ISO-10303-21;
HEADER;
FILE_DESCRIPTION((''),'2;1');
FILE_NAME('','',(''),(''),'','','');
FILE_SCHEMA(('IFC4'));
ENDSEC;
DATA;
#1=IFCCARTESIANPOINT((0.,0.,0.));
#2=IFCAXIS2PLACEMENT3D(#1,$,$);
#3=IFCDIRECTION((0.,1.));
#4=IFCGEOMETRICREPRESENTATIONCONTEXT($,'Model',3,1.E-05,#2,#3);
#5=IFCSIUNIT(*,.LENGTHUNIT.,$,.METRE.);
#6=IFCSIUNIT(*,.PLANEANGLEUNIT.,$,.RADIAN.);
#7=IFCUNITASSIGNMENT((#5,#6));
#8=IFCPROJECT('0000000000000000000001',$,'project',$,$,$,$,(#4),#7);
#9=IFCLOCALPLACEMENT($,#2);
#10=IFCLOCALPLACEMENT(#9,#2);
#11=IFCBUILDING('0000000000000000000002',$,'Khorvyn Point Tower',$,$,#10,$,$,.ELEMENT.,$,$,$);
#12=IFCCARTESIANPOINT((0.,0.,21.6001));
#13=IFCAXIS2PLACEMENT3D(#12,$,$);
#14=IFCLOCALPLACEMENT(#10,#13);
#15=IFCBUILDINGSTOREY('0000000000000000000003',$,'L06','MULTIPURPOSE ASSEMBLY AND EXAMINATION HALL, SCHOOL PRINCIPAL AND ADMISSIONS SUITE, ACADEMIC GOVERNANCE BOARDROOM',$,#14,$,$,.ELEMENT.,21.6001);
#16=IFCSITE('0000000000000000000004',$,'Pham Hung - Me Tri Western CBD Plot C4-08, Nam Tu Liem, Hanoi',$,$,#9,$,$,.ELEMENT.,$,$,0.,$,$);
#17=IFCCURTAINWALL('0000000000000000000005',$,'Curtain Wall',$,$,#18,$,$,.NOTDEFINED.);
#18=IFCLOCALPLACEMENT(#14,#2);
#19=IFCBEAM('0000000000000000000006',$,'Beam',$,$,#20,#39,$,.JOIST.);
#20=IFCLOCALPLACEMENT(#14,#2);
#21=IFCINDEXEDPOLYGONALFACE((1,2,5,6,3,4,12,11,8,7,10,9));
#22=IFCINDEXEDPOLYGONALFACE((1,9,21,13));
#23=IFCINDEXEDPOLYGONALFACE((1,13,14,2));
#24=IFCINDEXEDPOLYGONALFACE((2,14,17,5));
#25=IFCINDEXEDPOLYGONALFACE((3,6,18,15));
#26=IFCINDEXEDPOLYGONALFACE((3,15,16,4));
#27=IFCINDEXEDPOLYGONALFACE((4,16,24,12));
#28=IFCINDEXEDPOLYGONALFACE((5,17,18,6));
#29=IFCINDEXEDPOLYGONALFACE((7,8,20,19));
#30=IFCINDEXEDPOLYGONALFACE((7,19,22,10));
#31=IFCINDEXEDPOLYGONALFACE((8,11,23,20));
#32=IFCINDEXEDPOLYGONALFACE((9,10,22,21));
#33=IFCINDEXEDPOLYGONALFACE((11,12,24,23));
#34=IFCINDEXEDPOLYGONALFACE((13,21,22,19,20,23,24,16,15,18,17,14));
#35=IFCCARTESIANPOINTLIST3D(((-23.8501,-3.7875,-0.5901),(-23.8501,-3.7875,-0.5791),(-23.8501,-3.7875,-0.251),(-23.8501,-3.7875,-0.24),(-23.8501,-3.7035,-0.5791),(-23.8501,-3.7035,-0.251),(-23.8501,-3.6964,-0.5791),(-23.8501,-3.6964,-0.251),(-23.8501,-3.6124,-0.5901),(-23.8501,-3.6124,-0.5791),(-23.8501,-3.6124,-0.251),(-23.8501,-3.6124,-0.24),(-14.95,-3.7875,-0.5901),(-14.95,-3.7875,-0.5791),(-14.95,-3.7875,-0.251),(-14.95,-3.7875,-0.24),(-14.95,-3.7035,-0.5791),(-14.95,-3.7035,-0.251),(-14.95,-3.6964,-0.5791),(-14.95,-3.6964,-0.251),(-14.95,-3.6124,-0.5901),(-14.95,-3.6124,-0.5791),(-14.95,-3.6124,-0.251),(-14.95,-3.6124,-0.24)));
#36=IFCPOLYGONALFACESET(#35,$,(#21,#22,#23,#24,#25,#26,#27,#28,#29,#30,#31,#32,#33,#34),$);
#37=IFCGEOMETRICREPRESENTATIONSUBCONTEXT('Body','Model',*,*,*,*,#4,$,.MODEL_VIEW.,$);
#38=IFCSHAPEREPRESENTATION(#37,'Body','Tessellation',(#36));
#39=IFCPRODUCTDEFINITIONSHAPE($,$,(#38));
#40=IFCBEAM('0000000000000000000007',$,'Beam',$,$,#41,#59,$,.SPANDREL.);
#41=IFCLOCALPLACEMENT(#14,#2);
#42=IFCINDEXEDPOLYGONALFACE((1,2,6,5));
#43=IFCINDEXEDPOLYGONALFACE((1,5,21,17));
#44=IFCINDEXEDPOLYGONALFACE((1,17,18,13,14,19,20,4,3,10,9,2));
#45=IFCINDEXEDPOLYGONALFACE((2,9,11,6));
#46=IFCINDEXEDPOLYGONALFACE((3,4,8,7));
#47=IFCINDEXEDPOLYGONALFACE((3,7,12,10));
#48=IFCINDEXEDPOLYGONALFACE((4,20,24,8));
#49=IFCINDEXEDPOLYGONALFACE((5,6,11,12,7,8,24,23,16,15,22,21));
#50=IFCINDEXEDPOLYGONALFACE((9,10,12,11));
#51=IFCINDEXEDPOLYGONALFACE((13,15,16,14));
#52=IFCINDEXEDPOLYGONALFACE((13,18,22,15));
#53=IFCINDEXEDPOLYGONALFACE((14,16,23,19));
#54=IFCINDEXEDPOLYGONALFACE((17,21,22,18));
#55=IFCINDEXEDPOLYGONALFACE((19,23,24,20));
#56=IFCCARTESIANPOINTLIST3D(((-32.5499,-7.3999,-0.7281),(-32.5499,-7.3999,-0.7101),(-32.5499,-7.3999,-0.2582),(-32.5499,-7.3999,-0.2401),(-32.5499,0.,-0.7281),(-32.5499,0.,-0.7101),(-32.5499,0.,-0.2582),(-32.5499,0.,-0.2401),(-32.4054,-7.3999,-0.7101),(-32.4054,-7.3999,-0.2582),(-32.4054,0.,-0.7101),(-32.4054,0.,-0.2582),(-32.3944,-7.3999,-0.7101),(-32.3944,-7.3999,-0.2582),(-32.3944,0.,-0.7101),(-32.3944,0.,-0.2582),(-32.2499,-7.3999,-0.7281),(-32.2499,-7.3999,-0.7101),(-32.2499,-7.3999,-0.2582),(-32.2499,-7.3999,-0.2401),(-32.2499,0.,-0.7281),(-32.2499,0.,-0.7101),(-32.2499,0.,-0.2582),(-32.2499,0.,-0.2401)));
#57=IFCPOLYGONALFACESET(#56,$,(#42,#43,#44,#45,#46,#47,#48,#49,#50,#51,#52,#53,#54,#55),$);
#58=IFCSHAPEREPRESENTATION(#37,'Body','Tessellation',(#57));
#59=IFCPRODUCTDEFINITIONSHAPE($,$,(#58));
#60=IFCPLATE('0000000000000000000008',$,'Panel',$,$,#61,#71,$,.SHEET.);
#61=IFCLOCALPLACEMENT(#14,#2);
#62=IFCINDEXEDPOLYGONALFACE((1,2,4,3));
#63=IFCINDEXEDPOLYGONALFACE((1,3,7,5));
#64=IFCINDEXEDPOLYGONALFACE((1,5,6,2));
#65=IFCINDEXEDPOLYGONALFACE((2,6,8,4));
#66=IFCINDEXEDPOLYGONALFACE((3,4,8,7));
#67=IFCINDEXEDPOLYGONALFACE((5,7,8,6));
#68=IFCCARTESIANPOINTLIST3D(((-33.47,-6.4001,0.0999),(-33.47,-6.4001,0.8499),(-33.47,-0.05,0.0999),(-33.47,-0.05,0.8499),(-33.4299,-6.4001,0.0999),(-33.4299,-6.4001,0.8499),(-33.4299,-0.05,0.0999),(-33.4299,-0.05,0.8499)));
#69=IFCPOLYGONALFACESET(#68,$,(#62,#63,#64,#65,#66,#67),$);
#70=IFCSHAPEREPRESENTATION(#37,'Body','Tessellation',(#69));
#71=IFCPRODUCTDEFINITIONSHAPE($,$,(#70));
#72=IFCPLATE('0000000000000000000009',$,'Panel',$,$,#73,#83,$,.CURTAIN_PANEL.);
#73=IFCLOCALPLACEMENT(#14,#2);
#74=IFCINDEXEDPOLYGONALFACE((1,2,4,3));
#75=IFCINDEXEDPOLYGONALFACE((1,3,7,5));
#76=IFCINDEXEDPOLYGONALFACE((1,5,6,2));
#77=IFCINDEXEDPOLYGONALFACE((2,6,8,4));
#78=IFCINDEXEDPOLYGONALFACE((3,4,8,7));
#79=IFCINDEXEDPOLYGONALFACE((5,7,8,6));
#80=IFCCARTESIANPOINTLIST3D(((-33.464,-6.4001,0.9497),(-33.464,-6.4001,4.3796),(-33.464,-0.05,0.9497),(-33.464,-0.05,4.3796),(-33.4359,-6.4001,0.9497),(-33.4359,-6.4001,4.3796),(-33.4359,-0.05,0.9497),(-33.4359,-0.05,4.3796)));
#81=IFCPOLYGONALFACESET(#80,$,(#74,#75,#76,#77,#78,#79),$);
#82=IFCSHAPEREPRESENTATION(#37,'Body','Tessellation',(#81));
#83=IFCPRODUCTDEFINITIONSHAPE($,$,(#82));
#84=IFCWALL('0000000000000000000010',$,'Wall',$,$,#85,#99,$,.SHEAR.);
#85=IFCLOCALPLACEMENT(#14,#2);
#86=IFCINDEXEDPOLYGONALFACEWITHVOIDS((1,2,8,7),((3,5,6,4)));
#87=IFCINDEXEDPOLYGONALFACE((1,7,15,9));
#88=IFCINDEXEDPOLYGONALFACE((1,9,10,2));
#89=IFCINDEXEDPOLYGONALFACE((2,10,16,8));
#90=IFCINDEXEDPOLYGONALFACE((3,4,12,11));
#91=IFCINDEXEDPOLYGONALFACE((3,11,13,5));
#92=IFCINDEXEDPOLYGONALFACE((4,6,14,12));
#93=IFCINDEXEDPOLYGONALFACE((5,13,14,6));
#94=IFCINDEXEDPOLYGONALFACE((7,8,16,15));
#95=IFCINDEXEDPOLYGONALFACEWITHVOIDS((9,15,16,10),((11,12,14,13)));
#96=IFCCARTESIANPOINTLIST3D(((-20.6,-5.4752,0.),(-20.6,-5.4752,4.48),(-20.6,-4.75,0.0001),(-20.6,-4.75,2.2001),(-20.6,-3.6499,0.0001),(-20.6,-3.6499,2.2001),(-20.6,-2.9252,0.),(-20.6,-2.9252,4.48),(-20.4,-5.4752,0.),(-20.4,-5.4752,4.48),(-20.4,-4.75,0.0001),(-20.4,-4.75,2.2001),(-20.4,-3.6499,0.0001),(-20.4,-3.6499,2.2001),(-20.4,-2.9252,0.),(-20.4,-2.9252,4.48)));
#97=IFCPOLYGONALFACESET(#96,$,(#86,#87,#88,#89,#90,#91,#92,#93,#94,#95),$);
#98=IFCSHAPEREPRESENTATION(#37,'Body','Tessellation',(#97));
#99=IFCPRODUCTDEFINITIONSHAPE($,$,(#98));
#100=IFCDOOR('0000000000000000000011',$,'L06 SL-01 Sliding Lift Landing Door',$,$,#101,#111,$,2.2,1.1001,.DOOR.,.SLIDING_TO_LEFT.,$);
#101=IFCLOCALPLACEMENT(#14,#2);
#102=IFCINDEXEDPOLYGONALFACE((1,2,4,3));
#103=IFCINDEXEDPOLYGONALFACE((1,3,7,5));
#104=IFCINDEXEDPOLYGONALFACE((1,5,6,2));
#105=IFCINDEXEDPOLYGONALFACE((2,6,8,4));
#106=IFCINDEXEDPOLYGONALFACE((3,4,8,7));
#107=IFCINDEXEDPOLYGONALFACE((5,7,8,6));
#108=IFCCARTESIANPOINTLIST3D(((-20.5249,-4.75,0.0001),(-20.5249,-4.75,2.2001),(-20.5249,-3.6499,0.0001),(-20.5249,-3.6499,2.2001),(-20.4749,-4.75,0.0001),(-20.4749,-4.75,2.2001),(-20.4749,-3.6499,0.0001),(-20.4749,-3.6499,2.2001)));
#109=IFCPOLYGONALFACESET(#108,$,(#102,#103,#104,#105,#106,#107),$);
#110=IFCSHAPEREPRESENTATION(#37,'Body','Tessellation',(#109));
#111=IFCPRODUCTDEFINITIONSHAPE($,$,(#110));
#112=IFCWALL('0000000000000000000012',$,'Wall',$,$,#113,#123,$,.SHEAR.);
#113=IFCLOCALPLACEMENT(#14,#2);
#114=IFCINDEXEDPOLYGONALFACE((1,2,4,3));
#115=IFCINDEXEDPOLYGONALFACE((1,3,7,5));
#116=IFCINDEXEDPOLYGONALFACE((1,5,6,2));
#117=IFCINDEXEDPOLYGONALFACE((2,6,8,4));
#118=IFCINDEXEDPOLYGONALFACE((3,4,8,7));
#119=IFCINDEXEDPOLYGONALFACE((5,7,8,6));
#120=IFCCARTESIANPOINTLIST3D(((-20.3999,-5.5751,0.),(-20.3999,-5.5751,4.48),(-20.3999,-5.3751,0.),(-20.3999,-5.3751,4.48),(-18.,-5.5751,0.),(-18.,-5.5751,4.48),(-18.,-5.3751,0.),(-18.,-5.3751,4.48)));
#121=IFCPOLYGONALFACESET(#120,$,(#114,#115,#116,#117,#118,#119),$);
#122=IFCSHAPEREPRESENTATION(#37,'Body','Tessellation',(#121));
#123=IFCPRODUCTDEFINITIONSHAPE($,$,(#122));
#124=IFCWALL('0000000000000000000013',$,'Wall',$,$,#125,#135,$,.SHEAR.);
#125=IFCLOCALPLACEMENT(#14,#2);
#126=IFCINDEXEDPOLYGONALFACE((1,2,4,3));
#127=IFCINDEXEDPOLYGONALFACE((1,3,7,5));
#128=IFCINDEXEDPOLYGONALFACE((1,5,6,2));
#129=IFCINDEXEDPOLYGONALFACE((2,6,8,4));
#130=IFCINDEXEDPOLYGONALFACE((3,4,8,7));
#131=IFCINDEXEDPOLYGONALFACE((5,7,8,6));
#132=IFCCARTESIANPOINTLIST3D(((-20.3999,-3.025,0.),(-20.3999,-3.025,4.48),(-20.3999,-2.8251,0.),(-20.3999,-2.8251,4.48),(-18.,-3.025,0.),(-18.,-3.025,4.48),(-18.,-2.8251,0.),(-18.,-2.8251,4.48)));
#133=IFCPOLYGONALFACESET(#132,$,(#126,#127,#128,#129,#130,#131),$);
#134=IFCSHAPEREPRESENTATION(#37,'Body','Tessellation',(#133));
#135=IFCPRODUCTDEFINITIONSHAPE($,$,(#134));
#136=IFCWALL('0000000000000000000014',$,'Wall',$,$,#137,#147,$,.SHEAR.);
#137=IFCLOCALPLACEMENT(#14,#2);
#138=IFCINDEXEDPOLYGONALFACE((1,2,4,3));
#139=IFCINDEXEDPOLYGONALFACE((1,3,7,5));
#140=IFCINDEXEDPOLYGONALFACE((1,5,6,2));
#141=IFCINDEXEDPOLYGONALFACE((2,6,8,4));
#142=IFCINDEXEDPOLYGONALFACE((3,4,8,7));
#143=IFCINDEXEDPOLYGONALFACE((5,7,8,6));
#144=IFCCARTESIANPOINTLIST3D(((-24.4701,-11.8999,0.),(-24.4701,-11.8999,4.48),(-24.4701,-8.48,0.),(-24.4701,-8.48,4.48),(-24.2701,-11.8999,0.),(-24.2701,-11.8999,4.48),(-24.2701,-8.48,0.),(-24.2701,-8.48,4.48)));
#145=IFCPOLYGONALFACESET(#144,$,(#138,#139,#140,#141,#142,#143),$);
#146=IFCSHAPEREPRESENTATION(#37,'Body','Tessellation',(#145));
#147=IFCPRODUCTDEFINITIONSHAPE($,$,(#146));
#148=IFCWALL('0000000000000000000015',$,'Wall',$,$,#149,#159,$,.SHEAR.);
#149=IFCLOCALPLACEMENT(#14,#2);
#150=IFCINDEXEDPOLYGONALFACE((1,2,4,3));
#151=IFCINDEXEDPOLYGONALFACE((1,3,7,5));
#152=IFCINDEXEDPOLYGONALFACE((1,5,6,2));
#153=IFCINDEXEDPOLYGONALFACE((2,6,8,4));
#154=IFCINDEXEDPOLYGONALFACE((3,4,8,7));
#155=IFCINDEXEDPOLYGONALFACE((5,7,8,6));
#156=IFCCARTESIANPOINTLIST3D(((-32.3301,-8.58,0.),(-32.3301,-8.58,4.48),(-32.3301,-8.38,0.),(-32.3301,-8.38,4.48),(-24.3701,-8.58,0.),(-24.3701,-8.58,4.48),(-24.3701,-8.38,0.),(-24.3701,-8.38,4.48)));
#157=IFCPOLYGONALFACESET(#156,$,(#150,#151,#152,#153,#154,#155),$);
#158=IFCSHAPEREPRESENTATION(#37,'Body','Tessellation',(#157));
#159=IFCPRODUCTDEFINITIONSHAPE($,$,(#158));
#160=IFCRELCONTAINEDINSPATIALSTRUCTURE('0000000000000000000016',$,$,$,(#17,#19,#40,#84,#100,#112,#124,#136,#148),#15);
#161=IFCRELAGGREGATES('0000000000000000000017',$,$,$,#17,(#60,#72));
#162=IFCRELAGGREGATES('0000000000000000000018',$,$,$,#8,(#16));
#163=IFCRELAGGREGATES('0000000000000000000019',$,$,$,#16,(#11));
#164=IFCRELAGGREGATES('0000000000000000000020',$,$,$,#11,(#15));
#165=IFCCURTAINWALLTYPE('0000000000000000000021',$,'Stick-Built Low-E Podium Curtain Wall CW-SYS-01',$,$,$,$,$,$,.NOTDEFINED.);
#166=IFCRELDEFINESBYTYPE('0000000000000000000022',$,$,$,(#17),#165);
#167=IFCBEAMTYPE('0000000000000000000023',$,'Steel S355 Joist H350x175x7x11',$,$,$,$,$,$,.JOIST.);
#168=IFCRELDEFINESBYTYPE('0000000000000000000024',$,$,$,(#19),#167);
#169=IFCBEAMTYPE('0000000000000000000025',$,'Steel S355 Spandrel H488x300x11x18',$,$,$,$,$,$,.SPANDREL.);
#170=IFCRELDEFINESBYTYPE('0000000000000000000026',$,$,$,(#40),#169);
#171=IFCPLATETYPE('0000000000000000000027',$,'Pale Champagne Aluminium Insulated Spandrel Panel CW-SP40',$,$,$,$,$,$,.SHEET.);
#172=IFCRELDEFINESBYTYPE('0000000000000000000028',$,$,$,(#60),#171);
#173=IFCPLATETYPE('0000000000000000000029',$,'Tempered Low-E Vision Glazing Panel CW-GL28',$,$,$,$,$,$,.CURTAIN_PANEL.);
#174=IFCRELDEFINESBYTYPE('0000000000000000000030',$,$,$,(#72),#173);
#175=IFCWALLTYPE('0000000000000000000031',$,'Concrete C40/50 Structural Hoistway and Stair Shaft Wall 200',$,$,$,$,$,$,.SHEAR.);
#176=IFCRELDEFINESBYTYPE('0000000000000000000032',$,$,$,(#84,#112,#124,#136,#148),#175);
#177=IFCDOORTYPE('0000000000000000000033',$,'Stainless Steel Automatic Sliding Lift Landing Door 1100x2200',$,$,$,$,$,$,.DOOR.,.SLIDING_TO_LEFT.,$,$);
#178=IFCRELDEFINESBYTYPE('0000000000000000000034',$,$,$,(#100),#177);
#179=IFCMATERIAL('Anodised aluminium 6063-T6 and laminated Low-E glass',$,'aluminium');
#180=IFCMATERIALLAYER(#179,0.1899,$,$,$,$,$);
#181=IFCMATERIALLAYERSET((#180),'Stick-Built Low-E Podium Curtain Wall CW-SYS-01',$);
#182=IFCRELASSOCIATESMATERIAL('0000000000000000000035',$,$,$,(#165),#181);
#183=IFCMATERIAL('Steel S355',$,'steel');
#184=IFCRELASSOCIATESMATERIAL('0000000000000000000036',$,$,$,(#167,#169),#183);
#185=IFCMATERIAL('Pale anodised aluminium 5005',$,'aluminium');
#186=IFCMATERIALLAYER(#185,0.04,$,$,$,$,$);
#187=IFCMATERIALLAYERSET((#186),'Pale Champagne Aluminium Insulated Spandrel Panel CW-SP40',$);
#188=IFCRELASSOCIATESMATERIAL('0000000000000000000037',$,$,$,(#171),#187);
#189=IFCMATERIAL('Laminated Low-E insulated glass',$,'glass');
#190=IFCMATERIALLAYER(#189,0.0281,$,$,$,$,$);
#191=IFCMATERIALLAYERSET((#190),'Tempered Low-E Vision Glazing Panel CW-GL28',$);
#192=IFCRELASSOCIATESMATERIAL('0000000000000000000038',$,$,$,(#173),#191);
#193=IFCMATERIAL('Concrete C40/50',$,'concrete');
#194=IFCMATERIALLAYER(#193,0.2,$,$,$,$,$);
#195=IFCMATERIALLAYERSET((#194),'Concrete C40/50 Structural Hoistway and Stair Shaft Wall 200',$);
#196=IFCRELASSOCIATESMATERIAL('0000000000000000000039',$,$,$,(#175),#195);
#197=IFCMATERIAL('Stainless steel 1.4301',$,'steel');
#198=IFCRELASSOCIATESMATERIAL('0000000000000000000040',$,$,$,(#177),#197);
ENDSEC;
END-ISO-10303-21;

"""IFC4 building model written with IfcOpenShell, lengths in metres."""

from ifc_helpers import new_model, si_unit, direction, frame, frame_2d, origin, origin_2d, place, context, subcontext, project, spatial, rectangle, i_section, extrude, material, layer, layer_set, material_profile, profile_set, type_object, element, fill, aggregate, save


model = new_model("IFC4")

# Units and contexts
model_context = context("Model", 3, precision=1e-05, world=origin(), true_north=direction((0.0, 1.0)))
body_context = subcontext(model_context, "Body", "Model", "MODEL_VIEW")
ifc_project = project(units=[si_unit("LENGTHUNIT", "METRE"), si_unit("PLANEANGLEUNIT", "RADIAN")], contexts=[model_context])

# Site, building, storey
site_placement = place(None, origin())
site = spatial("IfcSite", under=ifc_project, at=site_placement, Name="Pham Hung - Me Tri Western CBD Plot C4-08, Nam Tu Liem, Hanoi", CompositionType="ELEMENT", RefElevation=0.0)
building_placement = place(site_placement, origin())
building = spatial("IfcBuilding", under=site, at=building_placement, Name="Khorvyn Point Tower", CompositionType="ELEMENT")
storey_placement = place(building_placement, frame((0.0, 0.0, 21.6001)))
storey = spatial("IfcBuildingStorey", under=building, at=storey_placement, Name="L06", Description="MULTIPURPOSE ASSEMBLY AND EXAMINATION HALL, SCHOOL PRINCIPAL AND ADMISSIONS SUITE, ACADEMIC GOVERNANCE BOARDROOM", CompositionType="ELEMENT", Elevation=21.6001)

# Shared definitions
ifc_material_1 = material(Name="Concrete C40/50", Category="concrete")

# Curtain wall
ifc_material_2 = material(Name="Anodised aluminium 6063-T6 and laminated Low-E glass", Category="aluminium")
ifc_layer_1 = layer(ifc_material_2, 0.1899)
ifc_layer_set_1 = layer_set([ifc_layer_1], Name="Stick-Built Low-E Podium Curtain Wall CW-SYS-01")
curtain_wall_type = type_object("IfcCurtainWallType", Name="Stick-Built Low-E Podium Curtain Wall CW-SYS-01", PredefinedType="NOTDEFINED", material=ifc_layer_set_1)
curtain_wall_placement = place(storey_placement, origin())
curtain_wall = element("IfcCurtainWall", 1, at=curtain_wall_placement, inside=storey, type_object=curtain_wall_type, Name="Curtain Wall", PredefinedType="NOTDEFINED")

# Beams
ifc_material_3 = material(Name="Steel S355", Category="steel")
ifc_material_profile_1 = material_profile(ifc_material_3, i_section(OverallWidth=0.175, OverallDepth=0.3501, WebThickness=0.0071, FlangeThickness=0.011, at=origin_2d()))
ifc_profile_set_1 = profile_set([ifc_material_profile_1], Name="Steel S355 H350x175x7x11")
beam_type_1 = type_object("IfcBeamType", Name="Steel S355 Joist H350x175x7x11", PredefinedType="JOIST", material=ifc_profile_set_1)
beam_1_placement = place(storey_placement, frame((-23.8501, -3.7, -0.415), z_axis=(1.0, 0.0, 0.0), x_axis=(0.0, 1.0, 0.0)))
element("IfcBeam", 2, at=beam_1_placement, inside=storey, type_object=beam_type_1, Name="Beam", PredefinedType="JOIST", context=body_context, shape_type="SweptSolid", body=[
    extrude(i_section(OverallWidth=0.175, OverallDepth=0.3501, WebThickness=0.0071, FlangeThickness=0.011, at=origin_2d()), origin(), (0.0, 0.0, 1.0), 8.9001),
])
ifc_material_profile_2 = material_profile(ifc_material_3, i_section(OverallWidth=0.3, OverallDepth=0.488, WebThickness=0.011, FlangeThickness=0.0181, at=origin_2d()))
ifc_profile_set_2 = profile_set([ifc_material_profile_2], Name="Steel S355 H488x300x11x18")
beam_type_2 = type_object("IfcBeamType", Name="Steel S355 Spandrel H488x300x11x18", PredefinedType="SPANDREL", material=ifc_profile_set_2)
beam_2_placement = place(storey_placement, frame((-32.3999, -7.3999, -0.4841), z_axis=(0.0, 1.0, 0.0), x_axis=(-1.0, 0.0, 0.0)))
element("IfcBeam", 3, at=beam_2_placement, inside=storey, type_object=beam_type_2, Name="Beam", PredefinedType="SPANDREL", context=body_context, shape_type="SweptSolid", body=[
    extrude(i_section(OverallWidth=0.3, OverallDepth=0.488, WebThickness=0.011, FlangeThickness=0.0181, at=origin_2d()), origin(), (0.0, 0.0, 1.0), 7.3999),
])

# Plates
ifc_material_4 = material(Name="Pale anodised aluminium 5005", Category="aluminium")
ifc_layer_2 = layer(ifc_material_4, 0.04)
ifc_layer_set_2 = layer_set([ifc_layer_2], Name="Pale Champagne Aluminium Insulated Spandrel Panel CW-SP40")
plate_type_1 = type_object("IfcPlateType", Name="Pale Champagne Aluminium Insulated Spandrel Panel CW-SP40", PredefinedType="SHEET", material=ifc_layer_set_2)
plate_1_placement = place(storey_placement, frame((-33.45, -3.2251, 0.0999), z_axis=(0.0, 0.0, 1.0), x_axis=(0.0, 1.0, 0.0)))
plate_1 = element("IfcPlate", 4, at=plate_1_placement, type_object=plate_type_1, Name="Panel", PredefinedType="SHEET", context=body_context, shape_type="SweptSolid", body=[
    extrude(rectangle(XDim=6.3501, YDim=0.04, at=origin_2d()), origin(), (0.0, 0.0, 1.0), 0.75),
])
ifc_material_5 = material(Name="Laminated Low-E insulated glass", Category="glass")
ifc_layer_3 = layer(ifc_material_5, 0.0281)
ifc_layer_set_3 = layer_set([ifc_layer_3], Name="Tempered Low-E Vision Glazing Panel CW-GL28")
plate_type_2 = type_object("IfcPlateType", Name="Tempered Low-E Vision Glazing Panel CW-GL28", PredefinedType="CURTAIN_PANEL", material=ifc_layer_set_3)
plate_2_placement = place(storey_placement, frame((-33.45, -3.2251, 0.9497), z_axis=(0.0, 0.0, 1.0), x_axis=(0.0, 1.0, 0.0)))
plate_2 = element("IfcPlate", 5, at=plate_2_placement, type_object=plate_type_2, Name="Panel", PredefinedType="CURTAIN_PANEL", context=body_context, shape_type="SweptSolid", body=[
    extrude(rectangle(XDim=6.3501, YDim=0.0281, at=origin_2d()), origin(), (0.0, 0.0, 1.0), 3.4299),
])
aggregate(curtain_wall, [plate_1, plate_2])

# Wall, opening, door
ifc_layer_4 = layer(ifc_material_1, 0.2)
ifc_layer_set_4 = layer_set([ifc_layer_4], Name="Concrete C40/50 Structural Hoistway and Stair Shaft Wall 200")
wall_type_1 = type_object("IfcWallType", Name="Concrete C40/50 Structural Hoistway and Stair Shaft Wall 200", PredefinedType="SHEAR", material=ifc_layer_set_4)
wall_1_placement = place(storey_placement, frame((-20.5, -5.4751, 0.0), z_axis=(0.0, 0.0, 1.0), x_axis=(0.0, 1.0, 0.0)))
wall_1 = element("IfcWall", 6, at=wall_1_placement, inside=storey, type_object=wall_type_1, Name="Wall", PredefinedType="SHEAR", context=body_context, shape_type="SweptSolid", body=[
    extrude(rectangle(XDim=2.55, YDim=0.2, at=frame_2d((1.2749, 0.0))), origin(), (0.0, 0.0, 1.0), 4.48),
])
opening_1_placement = place(wall_1_placement, frame((0.7251, 0.0, 0.0)))
opening_1 = element("IfcOpeningElement", 7, at=opening_1_placement, cuts=wall_1, PredefinedType="OPENING", context=body_context, shape_type="SweptSolid", body=[
    extrude(rectangle(XDim=1.1001, YDim=2.2, at=frame_2d((0.55, 1.1001))), frame((0.0, 0.1099, 0.0), z_axis=(0.0, -1.0, 0.0), x_axis=(1.0, 0.0, 0.0)), (0.0, 0.0, 1.0), 0.22),
])
ifc_material_6 = material(Name="Stainless steel 1.4301", Category="steel")
door_type_1 = type_object("IfcDoorType", Name="Stainless Steel Automatic Sliding Lift Landing Door 1100x2200", OperationType="SLIDING_TO_LEFT", PredefinedType="DOOR", material=ifc_material_6)
door_1_placement = place(opening_1_placement, origin())
door_1 = element("IfcDoor", 8, at=door_1_placement, inside=storey, type_object=door_type_1, Name="L06 SL-01 Sliding Lift Landing Door", OperationType="SLIDING_TO_LEFT", OverallHeight=2.2, OverallWidth=1.1001, PredefinedType="DOOR", context=body_context, shape_type="SweptSolid", body=[
    extrude(rectangle(XDim=1.1001, YDim=2.2, at=frame_2d((0.55, 1.1001))), frame((0.0, 0.0249, 0.0), z_axis=(0.0, -1.0, 0.0), x_axis=(1.0, 0.0, 0.0)), (0.0, 0.0, 1.0), 0.05),
])
fill(opening_1, door_1)

# Walls
for number, where, z_axis, x_axis, name in (
    (9, (-20.3999, -5.4751, 0.0), (0.0, 0.0, 1.0), (1.0, 0.0, 0.0), "Wall"),
    (10, (-20.3999, -2.925, 0.0), (0.0, 0.0, 1.0), (1.0, 0.0, 0.0), "Wall"),
):
    element("IfcWall", number, at=place(storey_placement, frame(where, z_axis=z_axis, x_axis=x_axis)), inside=storey, type_object=wall_type_1, Name=name, PredefinedType="SHEAR", context=body_context, shape_type="SweptSolid", body=[
        extrude(rectangle(XDim=2.3999, YDim=0.2, at=frame_2d((1.2, 0.0))), origin(), (0.0, 0.0, 1.0), 4.48),
    ])
wall_2_placement = place(storey_placement, frame((-24.3701, -8.48, 0.0), z_axis=(0.0, 0.0, 1.0), x_axis=(0.0, -1.0, 0.0)))
element("IfcWall", 11, at=wall_2_placement, inside=storey, type_object=wall_type_1, Name="Wall", PredefinedType="SHEAR", context=body_context, shape_type="SweptSolid", body=[
    extrude(rectangle(XDim=3.4199, YDim=0.2, at=frame_2d((1.71, 0.0))), origin(), (0.0, 0.0, 1.0), 4.48),
])
wall_3_placement = place(storey_placement, frame((-32.3301, -8.48, 0.0), z_axis=(0.0, 0.0, 1.0), x_axis=(1.0, 0.0, 0.0)))
element("IfcWall", 12, at=wall_3_placement, inside=storey, type_object=wall_type_1, Name="Wall", PredefinedType="SHEAR", context=body_context, shape_type="SweptSolid", body=[
    extrude(rectangle(XDim=7.96, YDim=0.2, at=frame_2d((3.98, 0.0))), origin(), (0.0, 0.0, 1.0), 4.48),
])

save(model, "model.ifc")
